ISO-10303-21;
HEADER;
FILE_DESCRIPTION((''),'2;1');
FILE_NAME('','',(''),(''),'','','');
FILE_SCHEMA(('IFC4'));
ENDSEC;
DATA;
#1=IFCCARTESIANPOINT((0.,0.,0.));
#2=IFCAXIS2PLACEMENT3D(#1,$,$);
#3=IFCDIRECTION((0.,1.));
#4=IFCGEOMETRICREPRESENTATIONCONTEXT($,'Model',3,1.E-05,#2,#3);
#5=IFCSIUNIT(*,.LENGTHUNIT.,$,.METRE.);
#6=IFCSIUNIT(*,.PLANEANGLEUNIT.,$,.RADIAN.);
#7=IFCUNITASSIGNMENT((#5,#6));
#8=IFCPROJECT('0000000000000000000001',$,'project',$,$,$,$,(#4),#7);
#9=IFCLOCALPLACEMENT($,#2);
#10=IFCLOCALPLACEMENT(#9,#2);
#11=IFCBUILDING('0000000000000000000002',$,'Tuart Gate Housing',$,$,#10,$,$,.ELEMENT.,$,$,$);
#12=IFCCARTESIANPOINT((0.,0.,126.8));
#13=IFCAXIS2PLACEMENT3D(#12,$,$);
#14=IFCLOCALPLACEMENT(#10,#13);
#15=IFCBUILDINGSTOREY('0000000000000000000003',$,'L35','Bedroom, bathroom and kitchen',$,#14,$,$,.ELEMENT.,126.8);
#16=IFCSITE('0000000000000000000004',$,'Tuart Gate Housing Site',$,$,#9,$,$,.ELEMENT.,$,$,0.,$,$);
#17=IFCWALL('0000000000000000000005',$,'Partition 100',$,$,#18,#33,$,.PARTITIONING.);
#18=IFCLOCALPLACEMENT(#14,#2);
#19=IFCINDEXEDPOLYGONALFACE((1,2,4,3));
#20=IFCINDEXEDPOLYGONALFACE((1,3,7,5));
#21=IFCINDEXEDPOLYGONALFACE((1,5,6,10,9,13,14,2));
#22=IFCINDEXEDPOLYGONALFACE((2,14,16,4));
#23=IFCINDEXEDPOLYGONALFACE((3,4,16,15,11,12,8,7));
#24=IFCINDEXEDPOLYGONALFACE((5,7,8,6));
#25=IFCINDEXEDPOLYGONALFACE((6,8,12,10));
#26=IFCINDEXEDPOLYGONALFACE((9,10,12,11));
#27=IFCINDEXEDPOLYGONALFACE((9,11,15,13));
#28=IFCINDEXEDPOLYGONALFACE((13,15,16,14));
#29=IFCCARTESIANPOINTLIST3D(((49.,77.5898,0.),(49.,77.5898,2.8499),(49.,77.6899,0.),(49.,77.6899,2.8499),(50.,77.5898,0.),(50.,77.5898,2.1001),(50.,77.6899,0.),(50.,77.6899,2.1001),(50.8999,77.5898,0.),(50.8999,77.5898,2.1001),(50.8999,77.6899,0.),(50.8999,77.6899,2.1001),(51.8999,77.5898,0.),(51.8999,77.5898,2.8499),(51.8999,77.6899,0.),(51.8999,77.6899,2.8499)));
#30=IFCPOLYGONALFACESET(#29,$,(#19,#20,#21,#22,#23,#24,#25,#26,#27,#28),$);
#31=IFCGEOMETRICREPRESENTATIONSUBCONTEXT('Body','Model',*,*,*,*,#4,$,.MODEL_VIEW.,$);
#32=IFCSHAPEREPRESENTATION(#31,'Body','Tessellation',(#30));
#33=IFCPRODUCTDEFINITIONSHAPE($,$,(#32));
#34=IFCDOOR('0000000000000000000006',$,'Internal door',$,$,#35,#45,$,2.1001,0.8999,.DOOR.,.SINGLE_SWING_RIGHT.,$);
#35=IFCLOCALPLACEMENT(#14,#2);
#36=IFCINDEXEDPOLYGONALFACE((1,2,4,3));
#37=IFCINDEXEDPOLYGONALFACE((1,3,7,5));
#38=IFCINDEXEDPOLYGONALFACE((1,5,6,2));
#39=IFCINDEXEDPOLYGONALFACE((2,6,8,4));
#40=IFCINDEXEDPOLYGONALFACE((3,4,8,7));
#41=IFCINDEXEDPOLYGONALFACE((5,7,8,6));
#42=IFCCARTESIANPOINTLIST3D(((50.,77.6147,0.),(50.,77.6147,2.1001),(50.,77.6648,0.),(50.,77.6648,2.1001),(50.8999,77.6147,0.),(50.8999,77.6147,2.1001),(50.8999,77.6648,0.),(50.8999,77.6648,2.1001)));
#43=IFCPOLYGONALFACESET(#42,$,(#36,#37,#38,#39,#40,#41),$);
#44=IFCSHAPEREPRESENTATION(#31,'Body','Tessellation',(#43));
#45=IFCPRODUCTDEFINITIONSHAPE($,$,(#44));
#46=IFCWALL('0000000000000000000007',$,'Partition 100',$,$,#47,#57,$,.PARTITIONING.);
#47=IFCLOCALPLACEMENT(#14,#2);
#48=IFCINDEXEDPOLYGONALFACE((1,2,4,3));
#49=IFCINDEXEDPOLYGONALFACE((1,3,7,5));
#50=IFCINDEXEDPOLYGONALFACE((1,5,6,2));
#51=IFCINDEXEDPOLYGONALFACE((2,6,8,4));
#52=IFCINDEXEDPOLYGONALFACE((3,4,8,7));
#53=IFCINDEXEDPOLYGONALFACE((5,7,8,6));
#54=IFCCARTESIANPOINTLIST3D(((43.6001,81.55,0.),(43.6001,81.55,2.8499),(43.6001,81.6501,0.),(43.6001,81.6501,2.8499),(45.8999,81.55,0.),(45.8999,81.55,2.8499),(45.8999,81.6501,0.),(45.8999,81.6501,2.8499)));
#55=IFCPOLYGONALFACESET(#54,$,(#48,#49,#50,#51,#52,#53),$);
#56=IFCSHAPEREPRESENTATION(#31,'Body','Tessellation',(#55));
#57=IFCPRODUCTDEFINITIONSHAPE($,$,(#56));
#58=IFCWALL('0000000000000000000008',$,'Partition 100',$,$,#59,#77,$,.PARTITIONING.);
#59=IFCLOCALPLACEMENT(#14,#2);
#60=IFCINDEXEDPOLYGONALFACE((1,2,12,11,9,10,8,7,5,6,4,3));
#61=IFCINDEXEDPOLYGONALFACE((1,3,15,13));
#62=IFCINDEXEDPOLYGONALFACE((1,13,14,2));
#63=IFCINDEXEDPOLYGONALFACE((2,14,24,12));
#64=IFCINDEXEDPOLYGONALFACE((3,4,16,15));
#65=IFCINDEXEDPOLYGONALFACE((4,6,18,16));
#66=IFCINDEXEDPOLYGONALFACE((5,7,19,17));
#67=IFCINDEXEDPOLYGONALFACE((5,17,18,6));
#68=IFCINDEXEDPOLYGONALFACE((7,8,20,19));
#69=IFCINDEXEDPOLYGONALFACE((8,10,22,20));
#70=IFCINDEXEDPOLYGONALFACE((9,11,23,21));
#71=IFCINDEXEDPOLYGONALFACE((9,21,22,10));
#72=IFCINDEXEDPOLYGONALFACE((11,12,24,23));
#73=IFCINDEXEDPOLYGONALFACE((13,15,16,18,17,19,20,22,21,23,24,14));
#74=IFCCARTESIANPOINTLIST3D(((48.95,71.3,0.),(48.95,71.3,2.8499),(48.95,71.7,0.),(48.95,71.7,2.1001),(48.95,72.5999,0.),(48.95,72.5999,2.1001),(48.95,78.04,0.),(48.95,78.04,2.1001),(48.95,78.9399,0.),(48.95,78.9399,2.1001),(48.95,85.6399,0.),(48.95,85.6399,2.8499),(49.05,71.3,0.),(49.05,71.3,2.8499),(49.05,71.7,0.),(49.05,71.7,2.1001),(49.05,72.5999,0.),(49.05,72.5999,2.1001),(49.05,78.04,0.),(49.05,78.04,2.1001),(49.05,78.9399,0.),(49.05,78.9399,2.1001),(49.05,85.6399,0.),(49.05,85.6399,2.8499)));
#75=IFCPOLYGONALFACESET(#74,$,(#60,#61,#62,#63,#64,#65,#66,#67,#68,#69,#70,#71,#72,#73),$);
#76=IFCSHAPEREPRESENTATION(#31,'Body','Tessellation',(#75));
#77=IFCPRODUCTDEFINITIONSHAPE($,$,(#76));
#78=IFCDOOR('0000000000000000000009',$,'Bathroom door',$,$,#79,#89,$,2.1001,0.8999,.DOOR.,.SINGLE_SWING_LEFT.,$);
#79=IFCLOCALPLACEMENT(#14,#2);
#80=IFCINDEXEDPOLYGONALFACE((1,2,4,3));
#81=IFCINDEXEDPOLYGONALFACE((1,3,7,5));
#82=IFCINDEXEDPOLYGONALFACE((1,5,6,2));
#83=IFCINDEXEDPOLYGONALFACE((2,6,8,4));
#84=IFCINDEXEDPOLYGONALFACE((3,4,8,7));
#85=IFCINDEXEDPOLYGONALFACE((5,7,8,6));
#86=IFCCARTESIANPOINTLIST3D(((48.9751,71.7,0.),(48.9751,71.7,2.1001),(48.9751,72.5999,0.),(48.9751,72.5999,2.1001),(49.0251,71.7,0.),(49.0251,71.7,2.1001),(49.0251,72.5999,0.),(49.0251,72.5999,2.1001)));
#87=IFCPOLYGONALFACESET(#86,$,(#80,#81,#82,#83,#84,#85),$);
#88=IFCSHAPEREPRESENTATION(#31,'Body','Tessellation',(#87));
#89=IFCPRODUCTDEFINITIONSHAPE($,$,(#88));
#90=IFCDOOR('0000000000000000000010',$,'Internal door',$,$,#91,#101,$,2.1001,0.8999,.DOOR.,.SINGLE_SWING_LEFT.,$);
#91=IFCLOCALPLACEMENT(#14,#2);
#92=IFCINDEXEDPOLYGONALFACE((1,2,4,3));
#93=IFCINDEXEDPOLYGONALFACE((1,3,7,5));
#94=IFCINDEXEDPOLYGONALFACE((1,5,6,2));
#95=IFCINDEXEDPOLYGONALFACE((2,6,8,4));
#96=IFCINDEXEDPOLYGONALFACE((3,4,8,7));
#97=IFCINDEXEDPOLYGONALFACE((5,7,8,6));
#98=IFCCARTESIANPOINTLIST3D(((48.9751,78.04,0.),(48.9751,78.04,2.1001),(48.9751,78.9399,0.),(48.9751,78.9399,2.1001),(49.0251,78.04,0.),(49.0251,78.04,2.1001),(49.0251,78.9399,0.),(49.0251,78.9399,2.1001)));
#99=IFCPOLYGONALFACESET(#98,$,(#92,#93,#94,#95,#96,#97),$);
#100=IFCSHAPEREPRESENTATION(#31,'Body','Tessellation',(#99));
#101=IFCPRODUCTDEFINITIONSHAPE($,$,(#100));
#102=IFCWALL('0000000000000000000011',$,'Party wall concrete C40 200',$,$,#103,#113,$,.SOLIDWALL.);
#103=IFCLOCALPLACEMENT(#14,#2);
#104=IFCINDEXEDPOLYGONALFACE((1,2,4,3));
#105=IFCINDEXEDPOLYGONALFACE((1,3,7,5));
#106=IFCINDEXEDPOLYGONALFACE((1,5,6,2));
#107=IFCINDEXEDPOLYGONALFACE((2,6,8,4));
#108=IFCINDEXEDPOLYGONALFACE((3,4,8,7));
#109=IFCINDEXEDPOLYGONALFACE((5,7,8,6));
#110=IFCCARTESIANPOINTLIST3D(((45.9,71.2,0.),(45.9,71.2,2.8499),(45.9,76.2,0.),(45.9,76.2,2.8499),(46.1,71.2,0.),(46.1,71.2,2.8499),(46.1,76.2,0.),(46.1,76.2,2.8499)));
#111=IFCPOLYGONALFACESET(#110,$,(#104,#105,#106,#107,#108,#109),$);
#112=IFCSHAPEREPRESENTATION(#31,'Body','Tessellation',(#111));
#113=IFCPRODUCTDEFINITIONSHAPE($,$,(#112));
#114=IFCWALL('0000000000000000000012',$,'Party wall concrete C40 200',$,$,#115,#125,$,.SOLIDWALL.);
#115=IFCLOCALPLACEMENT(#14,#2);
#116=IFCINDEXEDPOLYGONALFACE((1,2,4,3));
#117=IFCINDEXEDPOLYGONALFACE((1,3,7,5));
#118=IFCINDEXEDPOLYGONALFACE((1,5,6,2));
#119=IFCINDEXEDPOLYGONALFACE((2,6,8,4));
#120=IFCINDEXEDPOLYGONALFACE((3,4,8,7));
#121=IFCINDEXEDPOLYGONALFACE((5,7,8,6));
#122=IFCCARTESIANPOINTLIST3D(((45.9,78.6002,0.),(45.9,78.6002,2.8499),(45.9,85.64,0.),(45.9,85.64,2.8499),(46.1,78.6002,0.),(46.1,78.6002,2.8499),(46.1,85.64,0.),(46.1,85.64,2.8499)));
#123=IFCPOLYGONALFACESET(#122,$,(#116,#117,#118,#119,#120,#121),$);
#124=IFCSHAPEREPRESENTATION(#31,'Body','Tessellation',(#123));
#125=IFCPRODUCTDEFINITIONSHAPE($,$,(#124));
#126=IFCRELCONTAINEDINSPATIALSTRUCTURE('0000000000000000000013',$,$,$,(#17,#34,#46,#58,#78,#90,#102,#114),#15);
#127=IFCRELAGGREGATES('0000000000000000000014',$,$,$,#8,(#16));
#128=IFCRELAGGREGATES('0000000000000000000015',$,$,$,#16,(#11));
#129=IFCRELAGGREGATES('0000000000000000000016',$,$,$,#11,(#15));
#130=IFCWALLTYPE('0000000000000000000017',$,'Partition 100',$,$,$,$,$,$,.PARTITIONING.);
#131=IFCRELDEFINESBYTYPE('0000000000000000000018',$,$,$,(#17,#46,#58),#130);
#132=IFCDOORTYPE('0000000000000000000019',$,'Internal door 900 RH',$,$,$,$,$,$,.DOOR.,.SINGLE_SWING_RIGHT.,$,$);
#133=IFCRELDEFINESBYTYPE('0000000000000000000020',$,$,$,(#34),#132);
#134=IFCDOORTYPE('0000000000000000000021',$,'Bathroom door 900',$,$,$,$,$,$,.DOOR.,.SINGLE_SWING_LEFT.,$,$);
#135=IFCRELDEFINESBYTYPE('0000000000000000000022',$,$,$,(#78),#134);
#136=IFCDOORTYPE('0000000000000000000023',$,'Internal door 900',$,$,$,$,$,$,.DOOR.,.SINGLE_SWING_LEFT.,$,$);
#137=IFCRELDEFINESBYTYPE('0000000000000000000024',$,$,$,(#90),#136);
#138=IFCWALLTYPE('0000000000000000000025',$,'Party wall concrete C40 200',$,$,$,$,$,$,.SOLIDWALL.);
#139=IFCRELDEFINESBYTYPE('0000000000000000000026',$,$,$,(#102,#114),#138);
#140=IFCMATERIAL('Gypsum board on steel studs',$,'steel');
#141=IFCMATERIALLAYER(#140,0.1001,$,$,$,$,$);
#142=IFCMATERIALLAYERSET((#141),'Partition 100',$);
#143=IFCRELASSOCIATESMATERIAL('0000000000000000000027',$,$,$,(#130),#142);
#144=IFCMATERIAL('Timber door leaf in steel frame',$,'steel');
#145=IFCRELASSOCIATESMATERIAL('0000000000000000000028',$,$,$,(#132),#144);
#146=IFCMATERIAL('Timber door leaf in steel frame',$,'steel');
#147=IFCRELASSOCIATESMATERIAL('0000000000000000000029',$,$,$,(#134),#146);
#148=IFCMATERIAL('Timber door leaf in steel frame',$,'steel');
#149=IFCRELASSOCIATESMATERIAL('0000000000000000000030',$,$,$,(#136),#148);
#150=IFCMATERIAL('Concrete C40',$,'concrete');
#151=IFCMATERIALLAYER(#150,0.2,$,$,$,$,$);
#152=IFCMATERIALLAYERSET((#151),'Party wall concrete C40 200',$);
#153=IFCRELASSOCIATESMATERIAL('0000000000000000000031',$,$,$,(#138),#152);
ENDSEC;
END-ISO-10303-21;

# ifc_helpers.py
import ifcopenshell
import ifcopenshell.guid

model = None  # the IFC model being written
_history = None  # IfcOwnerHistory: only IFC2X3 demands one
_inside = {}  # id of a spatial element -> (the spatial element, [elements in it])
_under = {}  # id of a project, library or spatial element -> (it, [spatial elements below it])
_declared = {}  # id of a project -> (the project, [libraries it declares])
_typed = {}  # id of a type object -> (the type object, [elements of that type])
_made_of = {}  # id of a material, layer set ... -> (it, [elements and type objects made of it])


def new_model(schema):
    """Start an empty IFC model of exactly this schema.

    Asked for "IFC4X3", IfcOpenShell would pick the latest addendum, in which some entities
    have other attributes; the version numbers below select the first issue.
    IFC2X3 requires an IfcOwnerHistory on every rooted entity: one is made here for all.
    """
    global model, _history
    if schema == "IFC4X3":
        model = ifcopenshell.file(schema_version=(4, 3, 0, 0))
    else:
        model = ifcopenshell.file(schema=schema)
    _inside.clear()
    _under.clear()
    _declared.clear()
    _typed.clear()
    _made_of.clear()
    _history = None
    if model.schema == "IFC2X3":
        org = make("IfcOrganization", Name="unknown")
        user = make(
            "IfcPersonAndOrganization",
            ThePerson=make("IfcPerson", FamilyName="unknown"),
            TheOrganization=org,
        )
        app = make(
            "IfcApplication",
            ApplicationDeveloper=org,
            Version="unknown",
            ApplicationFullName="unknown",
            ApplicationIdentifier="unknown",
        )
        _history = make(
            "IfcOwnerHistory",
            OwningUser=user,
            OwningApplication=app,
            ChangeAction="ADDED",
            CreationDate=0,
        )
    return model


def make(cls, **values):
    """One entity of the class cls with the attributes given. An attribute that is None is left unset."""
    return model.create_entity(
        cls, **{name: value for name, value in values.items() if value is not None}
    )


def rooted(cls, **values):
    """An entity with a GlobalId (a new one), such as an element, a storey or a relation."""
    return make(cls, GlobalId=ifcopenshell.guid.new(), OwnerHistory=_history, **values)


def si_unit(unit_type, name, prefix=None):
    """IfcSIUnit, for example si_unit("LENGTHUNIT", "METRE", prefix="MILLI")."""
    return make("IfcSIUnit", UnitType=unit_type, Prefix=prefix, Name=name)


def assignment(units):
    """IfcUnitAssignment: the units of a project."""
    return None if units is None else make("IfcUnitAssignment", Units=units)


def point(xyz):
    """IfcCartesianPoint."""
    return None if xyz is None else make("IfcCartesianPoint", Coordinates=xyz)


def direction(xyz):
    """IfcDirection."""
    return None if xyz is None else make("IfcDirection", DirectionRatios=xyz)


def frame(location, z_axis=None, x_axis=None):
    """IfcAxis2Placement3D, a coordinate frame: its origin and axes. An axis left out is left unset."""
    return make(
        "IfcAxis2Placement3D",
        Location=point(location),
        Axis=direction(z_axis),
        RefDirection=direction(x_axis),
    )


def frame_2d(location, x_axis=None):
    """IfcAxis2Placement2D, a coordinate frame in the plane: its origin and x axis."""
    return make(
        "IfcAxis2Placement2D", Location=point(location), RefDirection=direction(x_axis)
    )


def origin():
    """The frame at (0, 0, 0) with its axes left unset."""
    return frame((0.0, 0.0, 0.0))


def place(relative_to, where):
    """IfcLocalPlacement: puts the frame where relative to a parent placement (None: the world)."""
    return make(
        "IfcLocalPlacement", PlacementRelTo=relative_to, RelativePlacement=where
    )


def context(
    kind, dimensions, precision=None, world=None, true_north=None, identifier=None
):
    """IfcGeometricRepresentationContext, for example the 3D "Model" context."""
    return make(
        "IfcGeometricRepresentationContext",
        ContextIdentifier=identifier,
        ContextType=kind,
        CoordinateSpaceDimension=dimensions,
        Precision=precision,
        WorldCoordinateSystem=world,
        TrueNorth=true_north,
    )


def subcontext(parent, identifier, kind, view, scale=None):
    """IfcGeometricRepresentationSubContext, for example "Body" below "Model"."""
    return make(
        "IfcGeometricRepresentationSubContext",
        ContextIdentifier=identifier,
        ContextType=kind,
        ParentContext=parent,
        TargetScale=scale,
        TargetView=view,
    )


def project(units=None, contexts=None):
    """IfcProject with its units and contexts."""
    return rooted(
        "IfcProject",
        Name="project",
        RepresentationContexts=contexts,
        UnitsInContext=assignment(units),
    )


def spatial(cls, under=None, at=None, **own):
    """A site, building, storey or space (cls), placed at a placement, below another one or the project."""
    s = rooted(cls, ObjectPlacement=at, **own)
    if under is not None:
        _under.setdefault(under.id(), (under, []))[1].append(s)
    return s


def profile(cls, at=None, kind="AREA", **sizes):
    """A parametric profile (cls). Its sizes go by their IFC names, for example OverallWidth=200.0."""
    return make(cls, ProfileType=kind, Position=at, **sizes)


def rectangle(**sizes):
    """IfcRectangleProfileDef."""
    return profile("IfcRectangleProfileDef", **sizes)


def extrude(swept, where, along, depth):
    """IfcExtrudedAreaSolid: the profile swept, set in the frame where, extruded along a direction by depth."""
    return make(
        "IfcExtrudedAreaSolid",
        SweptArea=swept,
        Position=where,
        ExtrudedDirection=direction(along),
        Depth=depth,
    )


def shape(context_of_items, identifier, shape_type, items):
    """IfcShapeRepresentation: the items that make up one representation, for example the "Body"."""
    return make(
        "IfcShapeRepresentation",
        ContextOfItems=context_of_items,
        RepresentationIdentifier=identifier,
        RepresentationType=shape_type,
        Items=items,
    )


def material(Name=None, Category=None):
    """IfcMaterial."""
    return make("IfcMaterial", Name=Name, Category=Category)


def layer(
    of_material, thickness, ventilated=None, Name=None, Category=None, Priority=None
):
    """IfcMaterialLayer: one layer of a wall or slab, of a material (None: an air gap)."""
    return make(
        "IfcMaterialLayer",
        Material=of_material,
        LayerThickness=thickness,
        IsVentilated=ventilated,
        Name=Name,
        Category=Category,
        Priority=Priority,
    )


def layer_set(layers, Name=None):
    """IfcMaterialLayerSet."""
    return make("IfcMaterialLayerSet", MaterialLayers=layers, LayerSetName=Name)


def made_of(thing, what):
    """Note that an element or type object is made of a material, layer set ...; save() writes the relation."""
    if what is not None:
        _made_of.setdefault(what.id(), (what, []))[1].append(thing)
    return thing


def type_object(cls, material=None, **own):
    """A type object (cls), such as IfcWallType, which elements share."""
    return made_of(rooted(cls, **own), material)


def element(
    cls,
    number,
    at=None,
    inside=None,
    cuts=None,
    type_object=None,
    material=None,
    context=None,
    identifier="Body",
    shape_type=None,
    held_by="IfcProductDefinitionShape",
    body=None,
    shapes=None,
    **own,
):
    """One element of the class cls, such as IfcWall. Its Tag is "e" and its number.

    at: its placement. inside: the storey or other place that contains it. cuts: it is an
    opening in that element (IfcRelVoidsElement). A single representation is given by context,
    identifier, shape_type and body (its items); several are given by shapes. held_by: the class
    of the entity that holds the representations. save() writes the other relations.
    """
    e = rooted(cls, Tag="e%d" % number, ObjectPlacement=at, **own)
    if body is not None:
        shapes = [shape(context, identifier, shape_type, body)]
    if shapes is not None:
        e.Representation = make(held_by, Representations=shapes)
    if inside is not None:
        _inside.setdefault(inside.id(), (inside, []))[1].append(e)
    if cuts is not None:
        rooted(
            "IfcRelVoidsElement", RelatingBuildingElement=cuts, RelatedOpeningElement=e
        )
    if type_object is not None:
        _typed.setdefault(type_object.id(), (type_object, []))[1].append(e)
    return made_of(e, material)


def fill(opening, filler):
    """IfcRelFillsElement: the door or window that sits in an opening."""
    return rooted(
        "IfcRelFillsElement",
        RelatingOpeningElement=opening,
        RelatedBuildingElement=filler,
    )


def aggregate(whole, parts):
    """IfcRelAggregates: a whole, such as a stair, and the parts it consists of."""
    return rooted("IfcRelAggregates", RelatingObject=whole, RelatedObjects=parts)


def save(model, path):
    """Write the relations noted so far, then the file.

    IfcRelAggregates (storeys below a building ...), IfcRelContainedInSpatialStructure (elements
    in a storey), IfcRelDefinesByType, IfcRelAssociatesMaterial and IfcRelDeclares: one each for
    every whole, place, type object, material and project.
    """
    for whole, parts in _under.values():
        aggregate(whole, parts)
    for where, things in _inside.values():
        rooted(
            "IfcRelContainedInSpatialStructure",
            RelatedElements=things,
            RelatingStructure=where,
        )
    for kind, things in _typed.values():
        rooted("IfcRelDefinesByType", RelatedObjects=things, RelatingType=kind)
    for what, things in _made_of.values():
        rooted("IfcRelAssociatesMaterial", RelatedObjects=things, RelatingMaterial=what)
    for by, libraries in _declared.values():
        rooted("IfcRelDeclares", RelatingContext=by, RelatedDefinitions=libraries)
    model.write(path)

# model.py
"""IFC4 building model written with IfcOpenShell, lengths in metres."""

from ifc_helpers import new_model, si_unit, direction, frame, frame_2d, origin, place, context, subcontext, project, spatial, rectangle, extrude, material, layer, layer_set, type_object, element, fill, save


model = new_model("IFC4")

# Units and contexts
model_context = context("Model", 3, precision=1e-05, world=origin(), true_north=direction((0.0, 1.0)))
body_context = subcontext(model_context, "Body", "Model", "MODEL_VIEW")
ifc_project = project(units=[si_unit("LENGTHUNIT", "METRE"), si_unit("PLANEANGLEUNIT", "RADIAN")], contexts=[model_context])

# Site, building, storey
site_placement = place(None, origin())
site = spatial("IfcSite", under=ifc_project, at=site_placement, Name="Tuart Gate Housing Site", CompositionType="ELEMENT", RefElevation=0.0)
building_placement = place(site_placement, origin())
building = spatial("IfcBuilding", under=site, at=building_placement, Name="Tuart Gate Housing", CompositionType="ELEMENT")
storey_placement = place(building_placement, frame((0.0, 0.0, 126.8)))
storey = spatial("IfcBuildingStorey", under=building, at=storey_placement, Name="L35", Description="Bedroom, bathroom and kitchen", CompositionType="ELEMENT", Elevation=126.8)

# Shared definitions
ifc_material_1 = material(Name="Gypsum board on steel studs", Category="steel")
ifc_layer_1 = layer(ifc_material_1, 0.1001)
ifc_layer_set_1 = layer_set([ifc_layer_1], Name="Partition 100")
wall_type_1 = type_object("IfcWallType", Name="Partition 100", PredefinedType="PARTITIONING", material=ifc_layer_set_1)

# Wall, opening, door
wall_1_placement = place(storey_placement, frame((49.0, 77.6399, 0.0), z_axis=(0.0, 0.0, 1.0), x_axis=(1.0, 0.0, 0.0)))
wall_1 = element("IfcWall", 1, at=wall_1_placement, inside=storey, type_object=wall_type_1, Name="Partition 100", PredefinedType="PARTITIONING", context=body_context, shape_type="SweptSolid", body=[
    extrude(rectangle(XDim=2.8999, YDim=0.1001, at=frame_2d((1.45, 0.0))), origin(), (0.0, 0.0, 1.0), 2.8499),
])
opening_1_placement = place(wall_1_placement, frame((1.0, 0.0, 0.0)))
opening_1 = element("IfcOpeningElement", 2, at=opening_1_placement, cuts=wall_1, PredefinedType="OPENING", context=body_context, shape_type="SweptSolid", body=[
    extrude(rectangle(XDim=0.8999, YDim=2.1001, at=frame_2d((0.45, 1.05))), frame((0.0, 0.0601, 0.0), z_axis=(0.0, -1.0, 0.0), x_axis=(1.0, 0.0, 0.0)), (0.0, 0.0, 1.0), 0.1201),
])
ifc_material_2 = material(Name="Timber door leaf in steel frame", Category="steel")
door_type_1 = type_object("IfcDoorType", Name="Internal door 900 RH", OperationType="SINGLE_SWING_RIGHT", PredefinedType="DOOR", material=ifc_material_2)
door_1_placement = place(opening_1_placement, frame((0.8999, 0.0, 0.0), z_axis=(0.0, 0.0, 1.0), x_axis=(-1.0, 0.0, 0.0)))
door_1 = element("IfcDoor", 3, at=door_1_placement, inside=storey, type_object=door_type_1, Name="Internal door", OperationType="SINGLE_SWING_RIGHT", OverallHeight=2.1001, OverallWidth=0.8999, PredefinedType="DOOR", context=body_context, shape_type="SweptSolid", body=[
    extrude(rectangle(XDim=0.8999, YDim=2.1001, at=frame_2d((0.45, 1.05))), frame((0.0, 0.0251, 0.0), z_axis=(0.0, -1.0, 0.0), x_axis=(1.0, 0.0, 0.0)), (0.0, 0.0, 1.0), 0.05),
])
fill(opening_1, door_1)

# Wall
wall_2_placement = place(storey_placement, frame((43.6001, 81.6001, 0.0), z_axis=(0.0, 0.0, 1.0), x_axis=(1.0, 0.0, 0.0)))
element("IfcWall", 4, at=wall_2_placement, inside=storey, type_object=wall_type_1, Name="Partition 100", PredefinedType="PARTITIONING", context=body_context, shape_type="SweptSolid", body=[
    extrude(rectangle(XDim=2.2998, YDim=0.1001, at=frame_2d((1.1499, 0.0))), origin(), (0.0, 0.0, 1.0), 2.8499),
])

# Wall, openings, doors
wall_3_placement = place(storey_placement, frame((49.0, 71.3, 0.0), z_axis=(0.0, 0.0, 1.0), x_axis=(0.0, 1.0, 0.0)))
wall_3 = element("IfcWall", 5, at=wall_3_placement, inside=storey, type_object=wall_type_1, Name="Partition 100", PredefinedType="PARTITIONING", context=body_context, shape_type="SweptSolid", body=[
    extrude(rectangle(XDim=14.3398, YDim=0.1001, at=frame_2d((7.1699, 0.0))), origin(), (0.0, 0.0, 1.0), 2.8499),
])
opening_2_placement = place(wall_3_placement, frame((6.74, 0.0, 0.0)))
opening_2 = element("IfcOpeningElement", 6, at=opening_2_placement, cuts=wall_3, PredefinedType="OPENING", context=body_context, shape_type="SweptSolid", body=[
    extrude(rectangle(XDim=0.8999, YDim=2.1001, at=frame_2d((0.45, 1.05))), frame((0.0, 0.0601, 0.0), z_axis=(0.0, -1.0, 0.0), x_axis=(1.0, 0.0, 0.0)), (0.0, 0.0, 1.0), 0.1201),
])
opening_3_placement = place(wall_3_placement, frame((0.3999, 0.0, 0.0)))
opening_3 = element("IfcOpeningElement", 7, at=opening_3_placement, cuts=wall_3, PredefinedType="OPENING", context=body_context, shape_type="SweptSolid", body=[
    extrude(rectangle(XDim=0.8999, YDim=2.1001, at=frame_2d((0.45, 1.05))), frame((0.0, 0.0601, 0.0), z_axis=(0.0, -1.0, 0.0), x_axis=(1.0, 0.0, 0.0)), (0.0, 0.0, 1.0), 0.1201),
])
ifc_material_3 = material(Name="Timber door leaf in steel frame", Category="steel")
door_type_2 = type_object("IfcDoorType", Name="Bathroom door 900", OperationType="SINGLE_SWING_LEFT", PredefinedType="DOOR", material=ifc_material_3)
door_2_placement = place(opening_3_placement, origin())
door_2 = element("IfcDoor", 8, at=door_2_placement, inside=storey, type_object=door_type_2, Name="Bathroom door", OperationType="SINGLE_SWING_LEFT", OverallHeight=2.1001, OverallWidth=0.8999, PredefinedType="DOOR", context=body_context, shape_type="SweptSolid", body=[
    extrude(rectangle(XDim=0.8999, YDim=2.1001, at=frame_2d((0.45, 1.05))), frame((0.0, 0.0249, 0.0), z_axis=(0.0, -1.0, 0.0), x_axis=(1.0, 0.0, 0.0)), (0.0, 0.0, 1.0), 0.05),
])
fill(opening_3, door_2)
ifc_material_4 = material(Name="Timber door leaf in steel frame", Category="steel")
door_type_3 = type_object("IfcDoorType", Name="Internal door 900", OperationType="SINGLE_SWING_LEFT", PredefinedType="DOOR", material=ifc_material_4)
door_3_placement = place(opening_2_placement, origin())
door_3 = element("IfcDoor", 9, at=door_3_placement, inside=storey, type_object=door_type_3, Name="Internal door", OperationType="SINGLE_SWING_LEFT", OverallHeight=2.1001, OverallWidth=0.8999, PredefinedType="DOOR", context=body_context, shape_type="SweptSolid", body=[
    extrude(rectangle(XDim=0.8999, YDim=2.1001, at=frame_2d((0.45, 1.05))), frame((0.0, 0.0249, 0.0), z_axis=(0.0, -1.0, 0.0), x_axis=(1.0, 0.0, 0.0)), (0.0, 0.0, 1.0), 0.05),
])
fill(opening_2, door_3)

# Walls
ifc_material_5 = material(Name="Concrete C40", Category="concrete")
ifc_layer_2 = layer(ifc_material_5, 0.2)
ifc_layer_set_2 = layer_set([ifc_layer_2], Name="Party wall concrete C40 200")
wall_type_2 = type_object("IfcWallType", Name="Party wall concrete C40 200", PredefinedType="SOLIDWALL", material=ifc_layer_set_2)
wall_4_placement = place(storey_placement, frame((46.0, 71.2, 0.0), z_axis=(0.0, 0.0, 1.0), x_axis=(0.0, 1.0, 0.0)))
element("IfcWall", 10, at=wall_4_placement, inside=storey, type_object=wall_type_2, Name="Party wall concrete C40 200", PredefinedType="SOLIDWALL", context=body_context, shape_type="SweptSolid", body=[
    extrude(rectangle(XDim=5.0, YDim=0.2, at=frame_2d((2.5, 0.0))), origin(), (0.0, 0.0, 1.0), 2.8499),
])
wall_5_placement = place(storey_placement, frame((46.0, 78.6001, 0.0), z_axis=(0.0, 0.0, 1.0), x_axis=(0.0, 1.0, 0.0)))
element("IfcWall", 11, at=wall_5_placement, inside=storey, type_object=wall_type_2, Name="Party wall concrete C40 200", PredefinedType="SOLIDWALL", context=body_context, shape_type="SweptSolid", body=[
    extrude(rectangle(XDim=7.0398, YDim=0.2, at=frame_2d((3.52, 0.0))), origin(), (0.0, 0.0, 1.0), 2.8499),
])

save(model, "model.ifc")
